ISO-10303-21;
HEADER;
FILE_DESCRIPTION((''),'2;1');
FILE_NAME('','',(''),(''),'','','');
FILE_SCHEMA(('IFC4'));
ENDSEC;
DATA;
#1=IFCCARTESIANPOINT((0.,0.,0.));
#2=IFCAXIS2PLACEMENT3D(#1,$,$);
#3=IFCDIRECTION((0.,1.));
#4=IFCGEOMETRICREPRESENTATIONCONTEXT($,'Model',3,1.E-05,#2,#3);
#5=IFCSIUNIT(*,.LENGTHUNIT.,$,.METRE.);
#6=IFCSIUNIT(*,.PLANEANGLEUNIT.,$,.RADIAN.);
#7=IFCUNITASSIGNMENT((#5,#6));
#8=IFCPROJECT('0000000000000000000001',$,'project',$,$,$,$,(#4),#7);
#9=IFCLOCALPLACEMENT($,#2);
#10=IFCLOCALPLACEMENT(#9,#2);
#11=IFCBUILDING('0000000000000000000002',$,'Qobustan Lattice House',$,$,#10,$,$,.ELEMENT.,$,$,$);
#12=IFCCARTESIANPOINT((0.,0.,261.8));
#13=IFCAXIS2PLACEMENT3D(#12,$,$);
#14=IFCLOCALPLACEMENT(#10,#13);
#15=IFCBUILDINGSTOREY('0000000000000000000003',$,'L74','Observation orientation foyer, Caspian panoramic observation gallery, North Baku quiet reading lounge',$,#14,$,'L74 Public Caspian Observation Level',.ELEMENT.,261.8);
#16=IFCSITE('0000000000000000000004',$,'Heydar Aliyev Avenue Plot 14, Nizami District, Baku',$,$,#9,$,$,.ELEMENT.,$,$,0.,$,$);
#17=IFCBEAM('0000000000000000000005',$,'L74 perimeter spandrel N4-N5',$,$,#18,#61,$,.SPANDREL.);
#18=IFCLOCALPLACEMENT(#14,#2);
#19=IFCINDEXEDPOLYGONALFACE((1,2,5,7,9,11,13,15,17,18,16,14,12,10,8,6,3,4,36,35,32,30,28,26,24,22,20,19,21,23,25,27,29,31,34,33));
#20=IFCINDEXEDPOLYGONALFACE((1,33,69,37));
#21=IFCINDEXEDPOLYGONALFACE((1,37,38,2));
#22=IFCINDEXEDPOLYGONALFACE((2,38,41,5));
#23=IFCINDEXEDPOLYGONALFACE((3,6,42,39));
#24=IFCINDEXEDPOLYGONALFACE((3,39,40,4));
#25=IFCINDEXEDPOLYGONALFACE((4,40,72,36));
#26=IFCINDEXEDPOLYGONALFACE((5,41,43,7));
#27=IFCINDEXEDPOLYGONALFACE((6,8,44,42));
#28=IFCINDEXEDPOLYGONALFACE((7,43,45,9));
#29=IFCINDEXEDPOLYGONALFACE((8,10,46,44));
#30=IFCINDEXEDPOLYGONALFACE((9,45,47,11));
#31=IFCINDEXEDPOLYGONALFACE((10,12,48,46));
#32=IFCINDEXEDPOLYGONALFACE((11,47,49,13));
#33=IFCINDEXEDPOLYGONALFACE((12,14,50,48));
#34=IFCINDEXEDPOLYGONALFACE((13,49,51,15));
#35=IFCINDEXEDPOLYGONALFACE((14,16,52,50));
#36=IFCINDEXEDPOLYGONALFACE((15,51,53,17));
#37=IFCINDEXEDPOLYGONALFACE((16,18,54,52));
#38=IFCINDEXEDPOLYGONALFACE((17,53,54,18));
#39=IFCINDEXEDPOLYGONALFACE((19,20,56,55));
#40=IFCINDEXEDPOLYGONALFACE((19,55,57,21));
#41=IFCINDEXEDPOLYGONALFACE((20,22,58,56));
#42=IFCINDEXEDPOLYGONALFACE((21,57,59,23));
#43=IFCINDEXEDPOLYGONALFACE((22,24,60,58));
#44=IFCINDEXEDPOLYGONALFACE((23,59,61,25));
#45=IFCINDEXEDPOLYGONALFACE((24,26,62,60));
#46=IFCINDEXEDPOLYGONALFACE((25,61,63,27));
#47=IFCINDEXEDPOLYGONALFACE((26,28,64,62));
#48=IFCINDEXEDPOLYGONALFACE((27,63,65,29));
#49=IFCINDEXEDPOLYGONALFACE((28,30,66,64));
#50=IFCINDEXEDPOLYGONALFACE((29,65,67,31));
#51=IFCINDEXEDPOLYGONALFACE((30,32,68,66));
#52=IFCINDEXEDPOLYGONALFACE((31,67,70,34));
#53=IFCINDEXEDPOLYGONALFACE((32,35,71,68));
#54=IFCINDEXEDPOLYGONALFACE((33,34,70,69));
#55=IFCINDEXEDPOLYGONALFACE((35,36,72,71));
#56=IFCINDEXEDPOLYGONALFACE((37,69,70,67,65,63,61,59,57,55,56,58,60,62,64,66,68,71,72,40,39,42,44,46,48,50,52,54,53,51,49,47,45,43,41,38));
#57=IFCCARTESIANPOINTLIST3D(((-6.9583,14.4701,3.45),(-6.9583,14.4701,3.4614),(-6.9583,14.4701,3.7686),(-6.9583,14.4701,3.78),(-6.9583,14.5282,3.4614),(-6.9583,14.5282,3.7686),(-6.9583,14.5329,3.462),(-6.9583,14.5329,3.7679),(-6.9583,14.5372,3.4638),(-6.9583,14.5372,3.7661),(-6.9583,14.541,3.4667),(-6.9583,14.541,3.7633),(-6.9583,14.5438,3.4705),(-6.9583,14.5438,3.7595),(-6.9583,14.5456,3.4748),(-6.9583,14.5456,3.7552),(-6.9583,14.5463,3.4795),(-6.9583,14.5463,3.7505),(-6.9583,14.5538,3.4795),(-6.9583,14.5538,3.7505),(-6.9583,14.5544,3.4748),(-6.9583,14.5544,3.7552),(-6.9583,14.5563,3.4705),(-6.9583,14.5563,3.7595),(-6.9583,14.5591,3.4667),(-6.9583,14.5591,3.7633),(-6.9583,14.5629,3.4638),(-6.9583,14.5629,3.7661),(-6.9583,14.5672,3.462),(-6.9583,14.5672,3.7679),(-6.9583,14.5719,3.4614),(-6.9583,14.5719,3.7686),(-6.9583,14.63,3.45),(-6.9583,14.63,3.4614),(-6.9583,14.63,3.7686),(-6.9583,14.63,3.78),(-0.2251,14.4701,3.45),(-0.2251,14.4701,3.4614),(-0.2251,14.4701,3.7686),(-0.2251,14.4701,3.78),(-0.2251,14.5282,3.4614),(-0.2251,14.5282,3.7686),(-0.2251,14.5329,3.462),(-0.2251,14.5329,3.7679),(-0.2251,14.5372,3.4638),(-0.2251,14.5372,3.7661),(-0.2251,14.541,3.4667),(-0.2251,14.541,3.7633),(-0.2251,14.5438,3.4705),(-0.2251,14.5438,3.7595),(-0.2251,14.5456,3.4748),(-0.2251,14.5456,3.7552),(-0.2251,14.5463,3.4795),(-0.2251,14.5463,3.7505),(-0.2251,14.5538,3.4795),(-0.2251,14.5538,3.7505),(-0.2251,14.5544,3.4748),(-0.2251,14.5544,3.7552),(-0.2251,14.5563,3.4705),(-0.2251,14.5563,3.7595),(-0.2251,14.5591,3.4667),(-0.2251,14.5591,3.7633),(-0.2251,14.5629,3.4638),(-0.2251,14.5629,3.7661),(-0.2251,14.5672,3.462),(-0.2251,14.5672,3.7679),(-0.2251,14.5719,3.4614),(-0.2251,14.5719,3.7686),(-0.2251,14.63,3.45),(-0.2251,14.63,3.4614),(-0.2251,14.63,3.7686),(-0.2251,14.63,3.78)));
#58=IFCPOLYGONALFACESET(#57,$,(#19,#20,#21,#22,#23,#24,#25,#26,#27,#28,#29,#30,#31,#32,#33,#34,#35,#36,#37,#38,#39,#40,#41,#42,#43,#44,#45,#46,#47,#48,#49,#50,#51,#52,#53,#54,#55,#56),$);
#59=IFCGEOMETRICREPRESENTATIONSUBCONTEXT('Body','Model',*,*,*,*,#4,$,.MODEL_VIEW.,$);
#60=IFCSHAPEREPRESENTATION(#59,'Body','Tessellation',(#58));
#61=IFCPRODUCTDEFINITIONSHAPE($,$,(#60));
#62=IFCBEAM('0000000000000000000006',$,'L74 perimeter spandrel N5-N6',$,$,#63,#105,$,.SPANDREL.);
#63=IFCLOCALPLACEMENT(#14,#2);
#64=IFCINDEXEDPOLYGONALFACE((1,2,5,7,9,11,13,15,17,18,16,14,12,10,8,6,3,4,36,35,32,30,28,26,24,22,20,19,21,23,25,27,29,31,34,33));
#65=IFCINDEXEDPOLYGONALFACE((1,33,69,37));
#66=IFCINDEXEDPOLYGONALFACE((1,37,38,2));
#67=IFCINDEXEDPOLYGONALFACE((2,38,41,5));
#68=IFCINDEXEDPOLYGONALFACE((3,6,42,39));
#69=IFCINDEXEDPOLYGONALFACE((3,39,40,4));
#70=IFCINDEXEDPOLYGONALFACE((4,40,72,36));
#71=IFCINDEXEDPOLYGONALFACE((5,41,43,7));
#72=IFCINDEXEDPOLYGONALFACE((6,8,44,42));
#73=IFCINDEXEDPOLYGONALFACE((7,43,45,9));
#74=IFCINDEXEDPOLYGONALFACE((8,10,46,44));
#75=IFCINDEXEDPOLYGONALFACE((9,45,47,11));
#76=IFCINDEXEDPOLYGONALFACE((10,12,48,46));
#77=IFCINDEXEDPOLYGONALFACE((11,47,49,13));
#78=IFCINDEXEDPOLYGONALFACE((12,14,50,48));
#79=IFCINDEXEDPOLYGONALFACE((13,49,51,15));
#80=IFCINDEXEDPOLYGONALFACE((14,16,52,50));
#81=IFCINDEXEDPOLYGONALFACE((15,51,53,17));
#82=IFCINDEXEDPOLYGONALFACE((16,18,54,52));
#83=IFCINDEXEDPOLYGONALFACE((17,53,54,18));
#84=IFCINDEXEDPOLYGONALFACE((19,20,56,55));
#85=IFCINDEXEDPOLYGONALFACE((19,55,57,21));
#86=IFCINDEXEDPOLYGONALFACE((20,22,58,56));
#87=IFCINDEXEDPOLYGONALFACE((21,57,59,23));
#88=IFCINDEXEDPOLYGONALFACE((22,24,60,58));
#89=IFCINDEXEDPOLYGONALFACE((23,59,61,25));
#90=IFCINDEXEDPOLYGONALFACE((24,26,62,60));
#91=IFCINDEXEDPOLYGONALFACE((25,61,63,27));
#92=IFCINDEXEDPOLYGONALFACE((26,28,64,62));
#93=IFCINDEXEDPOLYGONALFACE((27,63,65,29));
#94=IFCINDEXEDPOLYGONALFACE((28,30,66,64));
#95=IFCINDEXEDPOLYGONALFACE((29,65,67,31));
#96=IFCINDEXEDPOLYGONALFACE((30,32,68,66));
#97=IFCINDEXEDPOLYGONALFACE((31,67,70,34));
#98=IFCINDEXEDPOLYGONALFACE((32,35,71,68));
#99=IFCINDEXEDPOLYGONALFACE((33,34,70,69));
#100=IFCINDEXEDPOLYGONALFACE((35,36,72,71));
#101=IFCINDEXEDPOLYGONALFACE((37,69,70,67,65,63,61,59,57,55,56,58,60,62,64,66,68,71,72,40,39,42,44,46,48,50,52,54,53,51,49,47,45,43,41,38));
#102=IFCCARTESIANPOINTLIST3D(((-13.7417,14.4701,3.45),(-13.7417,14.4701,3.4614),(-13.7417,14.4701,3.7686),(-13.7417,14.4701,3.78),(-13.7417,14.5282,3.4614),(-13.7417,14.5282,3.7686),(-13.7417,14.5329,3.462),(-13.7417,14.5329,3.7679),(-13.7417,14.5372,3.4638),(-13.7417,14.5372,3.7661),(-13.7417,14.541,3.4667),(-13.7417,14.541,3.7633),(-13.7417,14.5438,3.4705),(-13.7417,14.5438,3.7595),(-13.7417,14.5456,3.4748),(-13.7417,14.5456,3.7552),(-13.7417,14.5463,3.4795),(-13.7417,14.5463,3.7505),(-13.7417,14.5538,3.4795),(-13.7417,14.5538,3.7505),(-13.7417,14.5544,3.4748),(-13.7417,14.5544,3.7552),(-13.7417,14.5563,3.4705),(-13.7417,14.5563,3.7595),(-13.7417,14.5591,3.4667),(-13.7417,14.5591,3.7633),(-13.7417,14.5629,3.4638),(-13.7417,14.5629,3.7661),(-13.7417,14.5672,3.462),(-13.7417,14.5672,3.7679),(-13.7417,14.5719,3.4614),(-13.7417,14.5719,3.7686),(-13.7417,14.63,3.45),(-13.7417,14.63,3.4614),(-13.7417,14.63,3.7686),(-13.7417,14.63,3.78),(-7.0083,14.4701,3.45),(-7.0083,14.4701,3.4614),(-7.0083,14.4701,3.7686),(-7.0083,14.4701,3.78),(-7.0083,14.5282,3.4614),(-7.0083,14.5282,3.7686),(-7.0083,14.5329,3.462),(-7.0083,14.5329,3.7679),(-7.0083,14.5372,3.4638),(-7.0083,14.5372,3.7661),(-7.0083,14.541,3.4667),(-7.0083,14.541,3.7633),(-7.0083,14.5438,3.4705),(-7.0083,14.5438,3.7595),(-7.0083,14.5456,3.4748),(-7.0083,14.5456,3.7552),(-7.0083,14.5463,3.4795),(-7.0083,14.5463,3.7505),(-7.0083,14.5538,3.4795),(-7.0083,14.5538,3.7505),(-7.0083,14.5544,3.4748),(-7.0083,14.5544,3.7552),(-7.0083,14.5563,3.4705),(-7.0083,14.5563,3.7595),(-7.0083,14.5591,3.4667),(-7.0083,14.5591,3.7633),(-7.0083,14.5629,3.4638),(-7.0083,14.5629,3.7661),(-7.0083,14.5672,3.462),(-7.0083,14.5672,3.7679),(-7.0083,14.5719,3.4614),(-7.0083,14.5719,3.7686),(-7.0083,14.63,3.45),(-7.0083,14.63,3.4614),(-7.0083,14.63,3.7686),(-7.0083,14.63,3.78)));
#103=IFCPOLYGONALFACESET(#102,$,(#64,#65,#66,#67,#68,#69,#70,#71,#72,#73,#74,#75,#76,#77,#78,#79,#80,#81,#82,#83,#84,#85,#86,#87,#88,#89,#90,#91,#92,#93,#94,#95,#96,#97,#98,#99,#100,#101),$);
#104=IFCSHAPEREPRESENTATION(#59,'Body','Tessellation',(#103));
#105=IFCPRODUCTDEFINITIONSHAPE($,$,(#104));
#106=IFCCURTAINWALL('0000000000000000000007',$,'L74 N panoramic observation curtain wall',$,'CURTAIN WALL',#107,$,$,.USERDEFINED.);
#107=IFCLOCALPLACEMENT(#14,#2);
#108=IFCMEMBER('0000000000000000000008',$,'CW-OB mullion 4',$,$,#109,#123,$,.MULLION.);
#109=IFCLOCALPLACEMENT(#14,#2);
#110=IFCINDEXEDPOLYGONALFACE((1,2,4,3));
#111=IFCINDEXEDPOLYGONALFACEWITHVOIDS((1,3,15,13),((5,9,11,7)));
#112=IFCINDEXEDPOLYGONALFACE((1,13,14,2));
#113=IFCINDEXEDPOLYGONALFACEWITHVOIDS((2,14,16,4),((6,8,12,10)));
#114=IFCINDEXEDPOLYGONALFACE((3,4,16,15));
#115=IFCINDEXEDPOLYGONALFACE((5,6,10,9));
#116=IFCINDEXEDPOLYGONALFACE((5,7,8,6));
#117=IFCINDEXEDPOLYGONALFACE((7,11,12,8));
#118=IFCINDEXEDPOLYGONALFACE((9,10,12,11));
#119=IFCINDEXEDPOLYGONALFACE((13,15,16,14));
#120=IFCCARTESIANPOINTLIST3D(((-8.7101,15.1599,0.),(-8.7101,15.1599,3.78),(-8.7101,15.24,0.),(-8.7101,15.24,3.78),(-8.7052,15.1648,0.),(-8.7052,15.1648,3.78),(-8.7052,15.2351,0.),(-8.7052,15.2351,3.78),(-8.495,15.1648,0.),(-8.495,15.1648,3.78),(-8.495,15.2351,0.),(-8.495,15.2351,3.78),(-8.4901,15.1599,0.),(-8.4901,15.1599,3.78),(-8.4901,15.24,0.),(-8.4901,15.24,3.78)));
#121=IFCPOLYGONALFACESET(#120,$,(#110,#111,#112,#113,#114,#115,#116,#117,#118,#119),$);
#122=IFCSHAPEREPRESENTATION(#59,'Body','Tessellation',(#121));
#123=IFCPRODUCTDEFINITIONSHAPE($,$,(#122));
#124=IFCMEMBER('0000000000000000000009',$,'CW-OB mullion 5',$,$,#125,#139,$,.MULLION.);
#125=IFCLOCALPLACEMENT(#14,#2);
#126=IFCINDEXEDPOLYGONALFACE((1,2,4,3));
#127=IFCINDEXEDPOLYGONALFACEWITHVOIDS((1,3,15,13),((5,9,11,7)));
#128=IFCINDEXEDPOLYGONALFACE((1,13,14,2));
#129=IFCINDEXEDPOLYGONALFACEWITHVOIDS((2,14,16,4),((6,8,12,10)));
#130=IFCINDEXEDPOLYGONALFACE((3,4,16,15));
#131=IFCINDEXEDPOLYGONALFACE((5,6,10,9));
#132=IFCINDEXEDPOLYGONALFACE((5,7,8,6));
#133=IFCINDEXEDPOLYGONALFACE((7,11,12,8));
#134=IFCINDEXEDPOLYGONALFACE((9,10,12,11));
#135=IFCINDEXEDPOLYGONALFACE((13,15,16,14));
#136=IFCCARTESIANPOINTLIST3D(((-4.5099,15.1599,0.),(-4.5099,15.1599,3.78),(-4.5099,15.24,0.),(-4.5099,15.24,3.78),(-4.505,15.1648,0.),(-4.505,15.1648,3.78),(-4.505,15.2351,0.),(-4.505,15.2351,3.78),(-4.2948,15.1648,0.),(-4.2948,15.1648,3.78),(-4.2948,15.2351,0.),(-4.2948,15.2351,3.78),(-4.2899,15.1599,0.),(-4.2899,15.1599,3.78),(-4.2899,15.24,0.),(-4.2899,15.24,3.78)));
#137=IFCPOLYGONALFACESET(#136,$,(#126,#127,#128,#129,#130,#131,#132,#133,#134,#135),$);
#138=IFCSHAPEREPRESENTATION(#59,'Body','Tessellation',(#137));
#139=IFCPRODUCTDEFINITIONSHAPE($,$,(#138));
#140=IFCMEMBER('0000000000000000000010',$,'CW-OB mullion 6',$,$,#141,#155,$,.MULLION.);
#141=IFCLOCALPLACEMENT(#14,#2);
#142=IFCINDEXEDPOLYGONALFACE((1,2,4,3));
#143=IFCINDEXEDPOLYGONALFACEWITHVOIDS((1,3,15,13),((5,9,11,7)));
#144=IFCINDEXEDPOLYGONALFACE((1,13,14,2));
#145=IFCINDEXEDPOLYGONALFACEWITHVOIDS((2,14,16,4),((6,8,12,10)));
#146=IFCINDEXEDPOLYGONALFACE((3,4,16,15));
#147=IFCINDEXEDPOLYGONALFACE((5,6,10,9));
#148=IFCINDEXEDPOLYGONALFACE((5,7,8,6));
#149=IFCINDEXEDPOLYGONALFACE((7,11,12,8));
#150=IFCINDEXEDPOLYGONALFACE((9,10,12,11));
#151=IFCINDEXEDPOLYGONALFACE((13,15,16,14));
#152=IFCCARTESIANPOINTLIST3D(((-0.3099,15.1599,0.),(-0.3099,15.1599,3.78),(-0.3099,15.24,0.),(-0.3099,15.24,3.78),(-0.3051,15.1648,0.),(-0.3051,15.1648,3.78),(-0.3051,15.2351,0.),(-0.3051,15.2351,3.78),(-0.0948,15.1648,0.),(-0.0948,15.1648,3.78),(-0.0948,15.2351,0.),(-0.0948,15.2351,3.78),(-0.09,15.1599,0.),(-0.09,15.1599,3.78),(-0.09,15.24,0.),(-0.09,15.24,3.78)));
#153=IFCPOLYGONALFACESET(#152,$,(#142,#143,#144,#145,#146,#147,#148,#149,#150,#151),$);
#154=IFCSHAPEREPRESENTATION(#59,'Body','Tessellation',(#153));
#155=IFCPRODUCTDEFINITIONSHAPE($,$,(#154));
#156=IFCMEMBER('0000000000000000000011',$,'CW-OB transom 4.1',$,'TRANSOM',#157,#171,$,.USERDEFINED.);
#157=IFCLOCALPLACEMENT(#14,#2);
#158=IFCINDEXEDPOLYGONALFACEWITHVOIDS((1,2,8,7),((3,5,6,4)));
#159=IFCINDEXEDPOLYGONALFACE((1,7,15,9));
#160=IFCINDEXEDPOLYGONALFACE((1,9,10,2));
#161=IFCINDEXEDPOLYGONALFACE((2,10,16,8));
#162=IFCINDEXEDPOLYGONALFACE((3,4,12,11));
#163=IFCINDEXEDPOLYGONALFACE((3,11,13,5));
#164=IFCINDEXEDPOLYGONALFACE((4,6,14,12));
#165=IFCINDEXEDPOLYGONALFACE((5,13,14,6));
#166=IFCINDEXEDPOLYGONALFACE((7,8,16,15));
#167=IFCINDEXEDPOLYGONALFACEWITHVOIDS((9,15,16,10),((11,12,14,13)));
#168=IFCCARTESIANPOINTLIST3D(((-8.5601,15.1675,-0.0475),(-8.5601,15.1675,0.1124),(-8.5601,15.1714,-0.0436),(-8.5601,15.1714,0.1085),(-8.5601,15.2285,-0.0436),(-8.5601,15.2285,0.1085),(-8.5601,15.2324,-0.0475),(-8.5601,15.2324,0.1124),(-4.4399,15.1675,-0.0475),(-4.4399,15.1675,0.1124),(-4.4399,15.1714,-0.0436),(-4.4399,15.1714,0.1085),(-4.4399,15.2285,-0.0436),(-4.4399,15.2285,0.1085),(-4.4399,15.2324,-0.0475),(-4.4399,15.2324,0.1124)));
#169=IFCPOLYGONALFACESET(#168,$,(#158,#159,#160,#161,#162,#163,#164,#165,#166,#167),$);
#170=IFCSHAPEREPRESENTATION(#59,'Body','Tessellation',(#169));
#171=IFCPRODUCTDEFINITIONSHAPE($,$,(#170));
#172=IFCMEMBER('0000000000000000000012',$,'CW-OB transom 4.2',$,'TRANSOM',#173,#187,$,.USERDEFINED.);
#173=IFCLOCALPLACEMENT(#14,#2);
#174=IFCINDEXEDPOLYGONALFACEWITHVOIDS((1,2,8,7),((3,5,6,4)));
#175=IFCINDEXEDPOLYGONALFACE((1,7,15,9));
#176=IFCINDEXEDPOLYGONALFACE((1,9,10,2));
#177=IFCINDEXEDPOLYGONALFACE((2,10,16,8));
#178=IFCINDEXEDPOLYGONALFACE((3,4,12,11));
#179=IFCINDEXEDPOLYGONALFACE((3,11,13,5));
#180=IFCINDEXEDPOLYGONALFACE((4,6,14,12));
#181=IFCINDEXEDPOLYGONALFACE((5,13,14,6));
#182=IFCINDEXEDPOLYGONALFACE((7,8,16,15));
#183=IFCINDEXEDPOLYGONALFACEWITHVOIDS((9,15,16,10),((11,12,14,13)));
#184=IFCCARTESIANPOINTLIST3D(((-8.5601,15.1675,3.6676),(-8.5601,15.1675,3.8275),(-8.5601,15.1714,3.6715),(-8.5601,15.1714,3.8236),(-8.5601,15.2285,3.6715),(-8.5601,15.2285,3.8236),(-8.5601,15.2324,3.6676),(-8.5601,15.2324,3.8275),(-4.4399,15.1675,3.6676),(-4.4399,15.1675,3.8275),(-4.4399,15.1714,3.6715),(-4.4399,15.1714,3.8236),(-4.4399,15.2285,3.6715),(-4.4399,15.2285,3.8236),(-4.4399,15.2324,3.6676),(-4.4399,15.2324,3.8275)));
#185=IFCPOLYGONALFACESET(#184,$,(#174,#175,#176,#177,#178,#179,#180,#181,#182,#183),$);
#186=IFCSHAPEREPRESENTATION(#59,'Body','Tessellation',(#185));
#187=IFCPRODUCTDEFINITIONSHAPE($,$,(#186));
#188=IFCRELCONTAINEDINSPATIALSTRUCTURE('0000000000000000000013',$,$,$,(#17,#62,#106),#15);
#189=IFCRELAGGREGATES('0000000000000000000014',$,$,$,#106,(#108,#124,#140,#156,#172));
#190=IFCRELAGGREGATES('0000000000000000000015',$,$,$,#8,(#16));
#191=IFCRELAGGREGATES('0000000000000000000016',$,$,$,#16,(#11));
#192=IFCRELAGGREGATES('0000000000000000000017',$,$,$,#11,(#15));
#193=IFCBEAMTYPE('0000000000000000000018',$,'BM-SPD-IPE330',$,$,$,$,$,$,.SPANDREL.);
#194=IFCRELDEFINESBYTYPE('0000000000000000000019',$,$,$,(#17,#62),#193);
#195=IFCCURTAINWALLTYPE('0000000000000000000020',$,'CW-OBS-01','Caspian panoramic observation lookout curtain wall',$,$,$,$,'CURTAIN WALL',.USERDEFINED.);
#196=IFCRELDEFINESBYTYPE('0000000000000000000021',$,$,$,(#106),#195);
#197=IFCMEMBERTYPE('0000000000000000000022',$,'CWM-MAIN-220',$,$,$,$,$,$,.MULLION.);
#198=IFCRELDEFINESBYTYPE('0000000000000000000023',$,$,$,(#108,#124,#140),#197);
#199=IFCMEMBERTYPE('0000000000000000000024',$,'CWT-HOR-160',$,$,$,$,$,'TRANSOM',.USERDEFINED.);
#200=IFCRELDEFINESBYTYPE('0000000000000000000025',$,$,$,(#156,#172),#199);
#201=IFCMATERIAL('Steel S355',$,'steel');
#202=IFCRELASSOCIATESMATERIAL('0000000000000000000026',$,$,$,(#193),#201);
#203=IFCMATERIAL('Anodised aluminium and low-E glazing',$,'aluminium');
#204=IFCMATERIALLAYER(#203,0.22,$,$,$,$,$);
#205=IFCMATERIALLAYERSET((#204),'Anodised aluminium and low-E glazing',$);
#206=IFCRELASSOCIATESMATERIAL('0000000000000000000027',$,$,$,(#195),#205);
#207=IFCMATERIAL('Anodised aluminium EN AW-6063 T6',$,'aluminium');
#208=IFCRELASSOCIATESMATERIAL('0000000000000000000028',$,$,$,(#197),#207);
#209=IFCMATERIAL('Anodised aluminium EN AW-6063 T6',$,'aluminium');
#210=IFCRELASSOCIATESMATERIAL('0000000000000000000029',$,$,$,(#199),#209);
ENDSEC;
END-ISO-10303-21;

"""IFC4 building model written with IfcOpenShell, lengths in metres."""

from ifc_helpers import new_model, si_unit, direction, frame, origin, origin_2d, place, context, subcontext, project, spatial, hollow_rectangle, i_section, extrude, material, layer, layer_set, material_profile, profile_set, type_object, element, aggregate, save


model = new_model("IFC4")

# Units and contexts
model_context = context("Model", 3, precision=1e-05, world=origin(), true_north=direction((0.0, 1.0)))
body_context = subcontext(model_context, "Body", "Model", "MODEL_VIEW")
ifc_project = project(units=[si_unit("LENGTHUNIT", "METRE"), si_unit("PLANEANGLEUNIT", "RADIAN")], contexts=[model_context])

# Site, building, storey
site_placement = place(None, origin())
site = spatial("IfcSite", under=ifc_project, at=site_placement, Name="Heydar Aliyev Avenue Plot 14, Nizami District, Baku", CompositionType="ELEMENT", RefElevation=0.0)
building_placement = place(site_placement, origin())
building = spatial("IfcBuilding", under=site, at=building_placement, Name="Qobustan Lattice House", CompositionType="ELEMENT")
storey_placement = place(building_placement, frame((0.0, 0.0, 261.8)))
storey = spatial("IfcBuildingStorey", under=building, at=storey_placement, Name="L74", Description="Observation orientation foyer, Caspian panoramic observation gallery, North Baku quiet reading lounge", LongName="L74 Public Caspian Observation Level", CompositionType="ELEMENT", Elevation=261.8)

# Beams
ifc_material_1 = material(Name="Steel S355", Category="steel")
ifc_material_profile_1 = material_profile(ifc_material_1, i_section(OverallWidth=0.1599, OverallDepth=0.3301, WebThickness=0.0076, FlangeThickness=0.0115, FilletRadius=0.0181, at=origin_2d()), Name="IPE330")
ifc_profile_set_1 = profile_set([ifc_material_profile_1], Name="Steel S355")
beam_type_1 = type_object("IfcBeamType", Name="BM-SPD-IPE330", PredefinedType="SPANDREL", material=ifc_profile_set_1)
beam_1_placement = place(storey_placement, frame((-0.2251, 14.55, 3.615), z_axis=(-1.0, 0.0, 0.0), x_axis=(0.0, -1.0, 0.0)))
element("IfcBeam", 1, at=beam_1_placement, inside=storey, type_object=beam_type_1, Name="L74 perimeter spandrel N4-N5", PredefinedType="SPANDREL", context=body_context, shape_type="SweptSolid", body=[
    extrude(i_section(OverallWidth=0.1599, OverallDepth=0.3301, WebThickness=0.0076, FlangeThickness=0.0115, FilletRadius=0.0181, at=origin_2d()), origin(), (0.0, 0.0, 1.0), 6.7332),
])
beam_2_placement = place(storey_placement, frame((-7.0083, 14.55, 3.615), z_axis=(-1.0, 0.0, 0.0), x_axis=(0.0, -1.0, 0.0)))
element("IfcBeam", 2, at=beam_2_placement, inside=storey, type_object=beam_type_1, Name="L74 perimeter spandrel N5-N6", PredefinedType="SPANDREL", context=body_context, shape_type="SweptSolid", body=[
    extrude(i_section(OverallWidth=0.1599, OverallDepth=0.3301, WebThickness=0.0076, FlangeThickness=0.0115, FilletRadius=0.0181, at=origin_2d()), origin(), (0.0, 0.0, 1.0), 6.7334),
])

# Curtain wall, members
ifc_material_2 = material(Name="Anodised aluminium and low-E glazing", Category="aluminium")
ifc_layer_1 = layer(ifc_material_2, 0.22)
ifc_layer_set_1 = layer_set([ifc_layer_1], Name="Anodised aluminium and low-E glazing")
curtain_wall_type = type_object("IfcCurtainWallType", Name="CW-OBS-01", Description="Caspian panoramic observation lookout curtain wall", ElementType="CURTAIN WALL", PredefinedType="USERDEFINED", material=ifc_layer_set_1)
curtain_wall_placement = place(storey_placement, origin())
curtain_wall = element("IfcCurtainWall", 3, at=curtain_wall_placement, inside=storey, type_object=curtain_wall_type, Name="L74 N panoramic observation curtain wall", ObjectType="CURTAIN WALL", PredefinedType="USERDEFINED")
ifc_material_3 = material(Name="Anodised aluminium EN AW-6063 T6", Category="aluminium")
ifc_material_profile_2 = material_profile(ifc_material_3, hollow_rectangle(XDim=0.0801, YDim=0.22, WallThickness=0.0049, at=origin_2d()), Name="CWM-220x80")
ifc_profile_set_2 = profile_set([ifc_material_profile_2], Name="Anodised aluminium EN AW-6063 T6")
member_type_1 = type_object("IfcMemberType", Name="CWM-MAIN-220", PredefinedType="MULLION", material=ifc_profile_set_2)
member_1_placement = place(storey_placement, frame((-8.6001, 15.2, 0.0), z_axis=(0.0, 0.0, 1.0), x_axis=(0.0, 1.0, 0.0)))
member_1 = element("IfcMember", 4, at=member_1_placement, type_object=member_type_1, Name="CW-OB mullion 4", PredefinedType="MULLION", context=body_context, shape_type="SweptSolid", body=[
    extrude(hollow_rectangle(XDim=0.0801, YDim=0.22, WallThickness=0.0049, at=origin_2d()), origin(), (0.0, 0.0, 1.0), 3.78),
])
member_2_placement = place(storey_placement, frame((-4.3999, 15.2, 0.0), z_axis=(0.0, 0.0, 1.0), x_axis=(0.0, 1.0, 0.0)))
member_2 = element("IfcMember", 5, at=member_2_placement, type_object=member_type_1, Name="CW-OB mullion 5", PredefinedType="MULLION", context=body_context, shape_type="SweptSolid", body=[
    extrude(hollow_rectangle(XDim=0.0801, YDim=0.22, WallThickness=0.0049, at=origin_2d()), origin(), (0.0, 0.0, 1.0), 3.78),
])
member_3_placement = place(storey_placement, frame((-0.2, 15.2, 0.0), z_axis=(0.0, 0.0, 1.0), x_axis=(0.0, 1.0, 0.0)))
member_3 = element("IfcMember", 6, at=member_3_placement, type_object=member_type_1, Name="CW-OB mullion 6", PredefinedType="MULLION", context=body_context, shape_type="SweptSolid", body=[
    extrude(hollow_rectangle(XDim=0.0801, YDim=0.22, WallThickness=0.0049, at=origin_2d()), origin(), (0.0, 0.0, 1.0), 3.78),
])
ifc_material_4 = material(Name="Anodised aluminium EN AW-6063 T6", Category="aluminium")
ifc_material_profile_3 = material_profile(ifc_material_4, hollow_rectangle(XDim=0.0649, YDim=0.1599, WallThickness=0.0039, at=origin_2d()), Name="CWT-160x65")
ifc_profile_set_3 = profile_set([ifc_material_profile_3], Name="Anodised aluminium EN AW-6063 T6")
member_type_2 = type_object("IfcMemberType", Name="CWT-HOR-160", ElementType="TRANSOM", PredefinedType="USERDEFINED", material=ifc_profile_set_3)
member_4_placement = place(storey_placement, frame((-8.5601, 15.2, 0.0325), z_axis=(1.0, 0.0, 0.0), x_axis=(0.0, 1.0, 0.0)))
member_4 = element("IfcMember", 7, at=member_4_placement, type_object=member_type_2, Name="CW-OB transom 4.1", ObjectType="TRANSOM", PredefinedType="USERDEFINED", context=body_context, shape_type="SweptSolid", body=[
    extrude(hollow_rectangle(XDim=0.0649, YDim=0.1599, WallThickness=0.0039, at=origin_2d()), origin(), (0.0, 0.0, 1.0), 4.1201),
])
member_5_placement = place(storey_placement, frame((-8.5601, 15.2, 3.7476), z_axis=(1.0, 0.0, 0.0), x_axis=(0.0, 1.0, 0.0)))
member_5 = element("IfcMember", 8, at=member_5_placement, type_object=member_type_2, Name="CW-OB transom 4.2", ObjectType="TRANSOM", PredefinedType="USERDEFINED", context=body_context, shape_type="SweptSolid", body=[
    extrude(hollow_rectangle(XDim=0.0649, YDim=0.1599, WallThickness=0.0039, at=origin_2d()), origin(), (0.0, 0.0, 1.0), 4.1201),
])
aggregate(curtain_wall, [member_1, member_2, member_3, member_4, member_5])

save(model, "model.ifc")
